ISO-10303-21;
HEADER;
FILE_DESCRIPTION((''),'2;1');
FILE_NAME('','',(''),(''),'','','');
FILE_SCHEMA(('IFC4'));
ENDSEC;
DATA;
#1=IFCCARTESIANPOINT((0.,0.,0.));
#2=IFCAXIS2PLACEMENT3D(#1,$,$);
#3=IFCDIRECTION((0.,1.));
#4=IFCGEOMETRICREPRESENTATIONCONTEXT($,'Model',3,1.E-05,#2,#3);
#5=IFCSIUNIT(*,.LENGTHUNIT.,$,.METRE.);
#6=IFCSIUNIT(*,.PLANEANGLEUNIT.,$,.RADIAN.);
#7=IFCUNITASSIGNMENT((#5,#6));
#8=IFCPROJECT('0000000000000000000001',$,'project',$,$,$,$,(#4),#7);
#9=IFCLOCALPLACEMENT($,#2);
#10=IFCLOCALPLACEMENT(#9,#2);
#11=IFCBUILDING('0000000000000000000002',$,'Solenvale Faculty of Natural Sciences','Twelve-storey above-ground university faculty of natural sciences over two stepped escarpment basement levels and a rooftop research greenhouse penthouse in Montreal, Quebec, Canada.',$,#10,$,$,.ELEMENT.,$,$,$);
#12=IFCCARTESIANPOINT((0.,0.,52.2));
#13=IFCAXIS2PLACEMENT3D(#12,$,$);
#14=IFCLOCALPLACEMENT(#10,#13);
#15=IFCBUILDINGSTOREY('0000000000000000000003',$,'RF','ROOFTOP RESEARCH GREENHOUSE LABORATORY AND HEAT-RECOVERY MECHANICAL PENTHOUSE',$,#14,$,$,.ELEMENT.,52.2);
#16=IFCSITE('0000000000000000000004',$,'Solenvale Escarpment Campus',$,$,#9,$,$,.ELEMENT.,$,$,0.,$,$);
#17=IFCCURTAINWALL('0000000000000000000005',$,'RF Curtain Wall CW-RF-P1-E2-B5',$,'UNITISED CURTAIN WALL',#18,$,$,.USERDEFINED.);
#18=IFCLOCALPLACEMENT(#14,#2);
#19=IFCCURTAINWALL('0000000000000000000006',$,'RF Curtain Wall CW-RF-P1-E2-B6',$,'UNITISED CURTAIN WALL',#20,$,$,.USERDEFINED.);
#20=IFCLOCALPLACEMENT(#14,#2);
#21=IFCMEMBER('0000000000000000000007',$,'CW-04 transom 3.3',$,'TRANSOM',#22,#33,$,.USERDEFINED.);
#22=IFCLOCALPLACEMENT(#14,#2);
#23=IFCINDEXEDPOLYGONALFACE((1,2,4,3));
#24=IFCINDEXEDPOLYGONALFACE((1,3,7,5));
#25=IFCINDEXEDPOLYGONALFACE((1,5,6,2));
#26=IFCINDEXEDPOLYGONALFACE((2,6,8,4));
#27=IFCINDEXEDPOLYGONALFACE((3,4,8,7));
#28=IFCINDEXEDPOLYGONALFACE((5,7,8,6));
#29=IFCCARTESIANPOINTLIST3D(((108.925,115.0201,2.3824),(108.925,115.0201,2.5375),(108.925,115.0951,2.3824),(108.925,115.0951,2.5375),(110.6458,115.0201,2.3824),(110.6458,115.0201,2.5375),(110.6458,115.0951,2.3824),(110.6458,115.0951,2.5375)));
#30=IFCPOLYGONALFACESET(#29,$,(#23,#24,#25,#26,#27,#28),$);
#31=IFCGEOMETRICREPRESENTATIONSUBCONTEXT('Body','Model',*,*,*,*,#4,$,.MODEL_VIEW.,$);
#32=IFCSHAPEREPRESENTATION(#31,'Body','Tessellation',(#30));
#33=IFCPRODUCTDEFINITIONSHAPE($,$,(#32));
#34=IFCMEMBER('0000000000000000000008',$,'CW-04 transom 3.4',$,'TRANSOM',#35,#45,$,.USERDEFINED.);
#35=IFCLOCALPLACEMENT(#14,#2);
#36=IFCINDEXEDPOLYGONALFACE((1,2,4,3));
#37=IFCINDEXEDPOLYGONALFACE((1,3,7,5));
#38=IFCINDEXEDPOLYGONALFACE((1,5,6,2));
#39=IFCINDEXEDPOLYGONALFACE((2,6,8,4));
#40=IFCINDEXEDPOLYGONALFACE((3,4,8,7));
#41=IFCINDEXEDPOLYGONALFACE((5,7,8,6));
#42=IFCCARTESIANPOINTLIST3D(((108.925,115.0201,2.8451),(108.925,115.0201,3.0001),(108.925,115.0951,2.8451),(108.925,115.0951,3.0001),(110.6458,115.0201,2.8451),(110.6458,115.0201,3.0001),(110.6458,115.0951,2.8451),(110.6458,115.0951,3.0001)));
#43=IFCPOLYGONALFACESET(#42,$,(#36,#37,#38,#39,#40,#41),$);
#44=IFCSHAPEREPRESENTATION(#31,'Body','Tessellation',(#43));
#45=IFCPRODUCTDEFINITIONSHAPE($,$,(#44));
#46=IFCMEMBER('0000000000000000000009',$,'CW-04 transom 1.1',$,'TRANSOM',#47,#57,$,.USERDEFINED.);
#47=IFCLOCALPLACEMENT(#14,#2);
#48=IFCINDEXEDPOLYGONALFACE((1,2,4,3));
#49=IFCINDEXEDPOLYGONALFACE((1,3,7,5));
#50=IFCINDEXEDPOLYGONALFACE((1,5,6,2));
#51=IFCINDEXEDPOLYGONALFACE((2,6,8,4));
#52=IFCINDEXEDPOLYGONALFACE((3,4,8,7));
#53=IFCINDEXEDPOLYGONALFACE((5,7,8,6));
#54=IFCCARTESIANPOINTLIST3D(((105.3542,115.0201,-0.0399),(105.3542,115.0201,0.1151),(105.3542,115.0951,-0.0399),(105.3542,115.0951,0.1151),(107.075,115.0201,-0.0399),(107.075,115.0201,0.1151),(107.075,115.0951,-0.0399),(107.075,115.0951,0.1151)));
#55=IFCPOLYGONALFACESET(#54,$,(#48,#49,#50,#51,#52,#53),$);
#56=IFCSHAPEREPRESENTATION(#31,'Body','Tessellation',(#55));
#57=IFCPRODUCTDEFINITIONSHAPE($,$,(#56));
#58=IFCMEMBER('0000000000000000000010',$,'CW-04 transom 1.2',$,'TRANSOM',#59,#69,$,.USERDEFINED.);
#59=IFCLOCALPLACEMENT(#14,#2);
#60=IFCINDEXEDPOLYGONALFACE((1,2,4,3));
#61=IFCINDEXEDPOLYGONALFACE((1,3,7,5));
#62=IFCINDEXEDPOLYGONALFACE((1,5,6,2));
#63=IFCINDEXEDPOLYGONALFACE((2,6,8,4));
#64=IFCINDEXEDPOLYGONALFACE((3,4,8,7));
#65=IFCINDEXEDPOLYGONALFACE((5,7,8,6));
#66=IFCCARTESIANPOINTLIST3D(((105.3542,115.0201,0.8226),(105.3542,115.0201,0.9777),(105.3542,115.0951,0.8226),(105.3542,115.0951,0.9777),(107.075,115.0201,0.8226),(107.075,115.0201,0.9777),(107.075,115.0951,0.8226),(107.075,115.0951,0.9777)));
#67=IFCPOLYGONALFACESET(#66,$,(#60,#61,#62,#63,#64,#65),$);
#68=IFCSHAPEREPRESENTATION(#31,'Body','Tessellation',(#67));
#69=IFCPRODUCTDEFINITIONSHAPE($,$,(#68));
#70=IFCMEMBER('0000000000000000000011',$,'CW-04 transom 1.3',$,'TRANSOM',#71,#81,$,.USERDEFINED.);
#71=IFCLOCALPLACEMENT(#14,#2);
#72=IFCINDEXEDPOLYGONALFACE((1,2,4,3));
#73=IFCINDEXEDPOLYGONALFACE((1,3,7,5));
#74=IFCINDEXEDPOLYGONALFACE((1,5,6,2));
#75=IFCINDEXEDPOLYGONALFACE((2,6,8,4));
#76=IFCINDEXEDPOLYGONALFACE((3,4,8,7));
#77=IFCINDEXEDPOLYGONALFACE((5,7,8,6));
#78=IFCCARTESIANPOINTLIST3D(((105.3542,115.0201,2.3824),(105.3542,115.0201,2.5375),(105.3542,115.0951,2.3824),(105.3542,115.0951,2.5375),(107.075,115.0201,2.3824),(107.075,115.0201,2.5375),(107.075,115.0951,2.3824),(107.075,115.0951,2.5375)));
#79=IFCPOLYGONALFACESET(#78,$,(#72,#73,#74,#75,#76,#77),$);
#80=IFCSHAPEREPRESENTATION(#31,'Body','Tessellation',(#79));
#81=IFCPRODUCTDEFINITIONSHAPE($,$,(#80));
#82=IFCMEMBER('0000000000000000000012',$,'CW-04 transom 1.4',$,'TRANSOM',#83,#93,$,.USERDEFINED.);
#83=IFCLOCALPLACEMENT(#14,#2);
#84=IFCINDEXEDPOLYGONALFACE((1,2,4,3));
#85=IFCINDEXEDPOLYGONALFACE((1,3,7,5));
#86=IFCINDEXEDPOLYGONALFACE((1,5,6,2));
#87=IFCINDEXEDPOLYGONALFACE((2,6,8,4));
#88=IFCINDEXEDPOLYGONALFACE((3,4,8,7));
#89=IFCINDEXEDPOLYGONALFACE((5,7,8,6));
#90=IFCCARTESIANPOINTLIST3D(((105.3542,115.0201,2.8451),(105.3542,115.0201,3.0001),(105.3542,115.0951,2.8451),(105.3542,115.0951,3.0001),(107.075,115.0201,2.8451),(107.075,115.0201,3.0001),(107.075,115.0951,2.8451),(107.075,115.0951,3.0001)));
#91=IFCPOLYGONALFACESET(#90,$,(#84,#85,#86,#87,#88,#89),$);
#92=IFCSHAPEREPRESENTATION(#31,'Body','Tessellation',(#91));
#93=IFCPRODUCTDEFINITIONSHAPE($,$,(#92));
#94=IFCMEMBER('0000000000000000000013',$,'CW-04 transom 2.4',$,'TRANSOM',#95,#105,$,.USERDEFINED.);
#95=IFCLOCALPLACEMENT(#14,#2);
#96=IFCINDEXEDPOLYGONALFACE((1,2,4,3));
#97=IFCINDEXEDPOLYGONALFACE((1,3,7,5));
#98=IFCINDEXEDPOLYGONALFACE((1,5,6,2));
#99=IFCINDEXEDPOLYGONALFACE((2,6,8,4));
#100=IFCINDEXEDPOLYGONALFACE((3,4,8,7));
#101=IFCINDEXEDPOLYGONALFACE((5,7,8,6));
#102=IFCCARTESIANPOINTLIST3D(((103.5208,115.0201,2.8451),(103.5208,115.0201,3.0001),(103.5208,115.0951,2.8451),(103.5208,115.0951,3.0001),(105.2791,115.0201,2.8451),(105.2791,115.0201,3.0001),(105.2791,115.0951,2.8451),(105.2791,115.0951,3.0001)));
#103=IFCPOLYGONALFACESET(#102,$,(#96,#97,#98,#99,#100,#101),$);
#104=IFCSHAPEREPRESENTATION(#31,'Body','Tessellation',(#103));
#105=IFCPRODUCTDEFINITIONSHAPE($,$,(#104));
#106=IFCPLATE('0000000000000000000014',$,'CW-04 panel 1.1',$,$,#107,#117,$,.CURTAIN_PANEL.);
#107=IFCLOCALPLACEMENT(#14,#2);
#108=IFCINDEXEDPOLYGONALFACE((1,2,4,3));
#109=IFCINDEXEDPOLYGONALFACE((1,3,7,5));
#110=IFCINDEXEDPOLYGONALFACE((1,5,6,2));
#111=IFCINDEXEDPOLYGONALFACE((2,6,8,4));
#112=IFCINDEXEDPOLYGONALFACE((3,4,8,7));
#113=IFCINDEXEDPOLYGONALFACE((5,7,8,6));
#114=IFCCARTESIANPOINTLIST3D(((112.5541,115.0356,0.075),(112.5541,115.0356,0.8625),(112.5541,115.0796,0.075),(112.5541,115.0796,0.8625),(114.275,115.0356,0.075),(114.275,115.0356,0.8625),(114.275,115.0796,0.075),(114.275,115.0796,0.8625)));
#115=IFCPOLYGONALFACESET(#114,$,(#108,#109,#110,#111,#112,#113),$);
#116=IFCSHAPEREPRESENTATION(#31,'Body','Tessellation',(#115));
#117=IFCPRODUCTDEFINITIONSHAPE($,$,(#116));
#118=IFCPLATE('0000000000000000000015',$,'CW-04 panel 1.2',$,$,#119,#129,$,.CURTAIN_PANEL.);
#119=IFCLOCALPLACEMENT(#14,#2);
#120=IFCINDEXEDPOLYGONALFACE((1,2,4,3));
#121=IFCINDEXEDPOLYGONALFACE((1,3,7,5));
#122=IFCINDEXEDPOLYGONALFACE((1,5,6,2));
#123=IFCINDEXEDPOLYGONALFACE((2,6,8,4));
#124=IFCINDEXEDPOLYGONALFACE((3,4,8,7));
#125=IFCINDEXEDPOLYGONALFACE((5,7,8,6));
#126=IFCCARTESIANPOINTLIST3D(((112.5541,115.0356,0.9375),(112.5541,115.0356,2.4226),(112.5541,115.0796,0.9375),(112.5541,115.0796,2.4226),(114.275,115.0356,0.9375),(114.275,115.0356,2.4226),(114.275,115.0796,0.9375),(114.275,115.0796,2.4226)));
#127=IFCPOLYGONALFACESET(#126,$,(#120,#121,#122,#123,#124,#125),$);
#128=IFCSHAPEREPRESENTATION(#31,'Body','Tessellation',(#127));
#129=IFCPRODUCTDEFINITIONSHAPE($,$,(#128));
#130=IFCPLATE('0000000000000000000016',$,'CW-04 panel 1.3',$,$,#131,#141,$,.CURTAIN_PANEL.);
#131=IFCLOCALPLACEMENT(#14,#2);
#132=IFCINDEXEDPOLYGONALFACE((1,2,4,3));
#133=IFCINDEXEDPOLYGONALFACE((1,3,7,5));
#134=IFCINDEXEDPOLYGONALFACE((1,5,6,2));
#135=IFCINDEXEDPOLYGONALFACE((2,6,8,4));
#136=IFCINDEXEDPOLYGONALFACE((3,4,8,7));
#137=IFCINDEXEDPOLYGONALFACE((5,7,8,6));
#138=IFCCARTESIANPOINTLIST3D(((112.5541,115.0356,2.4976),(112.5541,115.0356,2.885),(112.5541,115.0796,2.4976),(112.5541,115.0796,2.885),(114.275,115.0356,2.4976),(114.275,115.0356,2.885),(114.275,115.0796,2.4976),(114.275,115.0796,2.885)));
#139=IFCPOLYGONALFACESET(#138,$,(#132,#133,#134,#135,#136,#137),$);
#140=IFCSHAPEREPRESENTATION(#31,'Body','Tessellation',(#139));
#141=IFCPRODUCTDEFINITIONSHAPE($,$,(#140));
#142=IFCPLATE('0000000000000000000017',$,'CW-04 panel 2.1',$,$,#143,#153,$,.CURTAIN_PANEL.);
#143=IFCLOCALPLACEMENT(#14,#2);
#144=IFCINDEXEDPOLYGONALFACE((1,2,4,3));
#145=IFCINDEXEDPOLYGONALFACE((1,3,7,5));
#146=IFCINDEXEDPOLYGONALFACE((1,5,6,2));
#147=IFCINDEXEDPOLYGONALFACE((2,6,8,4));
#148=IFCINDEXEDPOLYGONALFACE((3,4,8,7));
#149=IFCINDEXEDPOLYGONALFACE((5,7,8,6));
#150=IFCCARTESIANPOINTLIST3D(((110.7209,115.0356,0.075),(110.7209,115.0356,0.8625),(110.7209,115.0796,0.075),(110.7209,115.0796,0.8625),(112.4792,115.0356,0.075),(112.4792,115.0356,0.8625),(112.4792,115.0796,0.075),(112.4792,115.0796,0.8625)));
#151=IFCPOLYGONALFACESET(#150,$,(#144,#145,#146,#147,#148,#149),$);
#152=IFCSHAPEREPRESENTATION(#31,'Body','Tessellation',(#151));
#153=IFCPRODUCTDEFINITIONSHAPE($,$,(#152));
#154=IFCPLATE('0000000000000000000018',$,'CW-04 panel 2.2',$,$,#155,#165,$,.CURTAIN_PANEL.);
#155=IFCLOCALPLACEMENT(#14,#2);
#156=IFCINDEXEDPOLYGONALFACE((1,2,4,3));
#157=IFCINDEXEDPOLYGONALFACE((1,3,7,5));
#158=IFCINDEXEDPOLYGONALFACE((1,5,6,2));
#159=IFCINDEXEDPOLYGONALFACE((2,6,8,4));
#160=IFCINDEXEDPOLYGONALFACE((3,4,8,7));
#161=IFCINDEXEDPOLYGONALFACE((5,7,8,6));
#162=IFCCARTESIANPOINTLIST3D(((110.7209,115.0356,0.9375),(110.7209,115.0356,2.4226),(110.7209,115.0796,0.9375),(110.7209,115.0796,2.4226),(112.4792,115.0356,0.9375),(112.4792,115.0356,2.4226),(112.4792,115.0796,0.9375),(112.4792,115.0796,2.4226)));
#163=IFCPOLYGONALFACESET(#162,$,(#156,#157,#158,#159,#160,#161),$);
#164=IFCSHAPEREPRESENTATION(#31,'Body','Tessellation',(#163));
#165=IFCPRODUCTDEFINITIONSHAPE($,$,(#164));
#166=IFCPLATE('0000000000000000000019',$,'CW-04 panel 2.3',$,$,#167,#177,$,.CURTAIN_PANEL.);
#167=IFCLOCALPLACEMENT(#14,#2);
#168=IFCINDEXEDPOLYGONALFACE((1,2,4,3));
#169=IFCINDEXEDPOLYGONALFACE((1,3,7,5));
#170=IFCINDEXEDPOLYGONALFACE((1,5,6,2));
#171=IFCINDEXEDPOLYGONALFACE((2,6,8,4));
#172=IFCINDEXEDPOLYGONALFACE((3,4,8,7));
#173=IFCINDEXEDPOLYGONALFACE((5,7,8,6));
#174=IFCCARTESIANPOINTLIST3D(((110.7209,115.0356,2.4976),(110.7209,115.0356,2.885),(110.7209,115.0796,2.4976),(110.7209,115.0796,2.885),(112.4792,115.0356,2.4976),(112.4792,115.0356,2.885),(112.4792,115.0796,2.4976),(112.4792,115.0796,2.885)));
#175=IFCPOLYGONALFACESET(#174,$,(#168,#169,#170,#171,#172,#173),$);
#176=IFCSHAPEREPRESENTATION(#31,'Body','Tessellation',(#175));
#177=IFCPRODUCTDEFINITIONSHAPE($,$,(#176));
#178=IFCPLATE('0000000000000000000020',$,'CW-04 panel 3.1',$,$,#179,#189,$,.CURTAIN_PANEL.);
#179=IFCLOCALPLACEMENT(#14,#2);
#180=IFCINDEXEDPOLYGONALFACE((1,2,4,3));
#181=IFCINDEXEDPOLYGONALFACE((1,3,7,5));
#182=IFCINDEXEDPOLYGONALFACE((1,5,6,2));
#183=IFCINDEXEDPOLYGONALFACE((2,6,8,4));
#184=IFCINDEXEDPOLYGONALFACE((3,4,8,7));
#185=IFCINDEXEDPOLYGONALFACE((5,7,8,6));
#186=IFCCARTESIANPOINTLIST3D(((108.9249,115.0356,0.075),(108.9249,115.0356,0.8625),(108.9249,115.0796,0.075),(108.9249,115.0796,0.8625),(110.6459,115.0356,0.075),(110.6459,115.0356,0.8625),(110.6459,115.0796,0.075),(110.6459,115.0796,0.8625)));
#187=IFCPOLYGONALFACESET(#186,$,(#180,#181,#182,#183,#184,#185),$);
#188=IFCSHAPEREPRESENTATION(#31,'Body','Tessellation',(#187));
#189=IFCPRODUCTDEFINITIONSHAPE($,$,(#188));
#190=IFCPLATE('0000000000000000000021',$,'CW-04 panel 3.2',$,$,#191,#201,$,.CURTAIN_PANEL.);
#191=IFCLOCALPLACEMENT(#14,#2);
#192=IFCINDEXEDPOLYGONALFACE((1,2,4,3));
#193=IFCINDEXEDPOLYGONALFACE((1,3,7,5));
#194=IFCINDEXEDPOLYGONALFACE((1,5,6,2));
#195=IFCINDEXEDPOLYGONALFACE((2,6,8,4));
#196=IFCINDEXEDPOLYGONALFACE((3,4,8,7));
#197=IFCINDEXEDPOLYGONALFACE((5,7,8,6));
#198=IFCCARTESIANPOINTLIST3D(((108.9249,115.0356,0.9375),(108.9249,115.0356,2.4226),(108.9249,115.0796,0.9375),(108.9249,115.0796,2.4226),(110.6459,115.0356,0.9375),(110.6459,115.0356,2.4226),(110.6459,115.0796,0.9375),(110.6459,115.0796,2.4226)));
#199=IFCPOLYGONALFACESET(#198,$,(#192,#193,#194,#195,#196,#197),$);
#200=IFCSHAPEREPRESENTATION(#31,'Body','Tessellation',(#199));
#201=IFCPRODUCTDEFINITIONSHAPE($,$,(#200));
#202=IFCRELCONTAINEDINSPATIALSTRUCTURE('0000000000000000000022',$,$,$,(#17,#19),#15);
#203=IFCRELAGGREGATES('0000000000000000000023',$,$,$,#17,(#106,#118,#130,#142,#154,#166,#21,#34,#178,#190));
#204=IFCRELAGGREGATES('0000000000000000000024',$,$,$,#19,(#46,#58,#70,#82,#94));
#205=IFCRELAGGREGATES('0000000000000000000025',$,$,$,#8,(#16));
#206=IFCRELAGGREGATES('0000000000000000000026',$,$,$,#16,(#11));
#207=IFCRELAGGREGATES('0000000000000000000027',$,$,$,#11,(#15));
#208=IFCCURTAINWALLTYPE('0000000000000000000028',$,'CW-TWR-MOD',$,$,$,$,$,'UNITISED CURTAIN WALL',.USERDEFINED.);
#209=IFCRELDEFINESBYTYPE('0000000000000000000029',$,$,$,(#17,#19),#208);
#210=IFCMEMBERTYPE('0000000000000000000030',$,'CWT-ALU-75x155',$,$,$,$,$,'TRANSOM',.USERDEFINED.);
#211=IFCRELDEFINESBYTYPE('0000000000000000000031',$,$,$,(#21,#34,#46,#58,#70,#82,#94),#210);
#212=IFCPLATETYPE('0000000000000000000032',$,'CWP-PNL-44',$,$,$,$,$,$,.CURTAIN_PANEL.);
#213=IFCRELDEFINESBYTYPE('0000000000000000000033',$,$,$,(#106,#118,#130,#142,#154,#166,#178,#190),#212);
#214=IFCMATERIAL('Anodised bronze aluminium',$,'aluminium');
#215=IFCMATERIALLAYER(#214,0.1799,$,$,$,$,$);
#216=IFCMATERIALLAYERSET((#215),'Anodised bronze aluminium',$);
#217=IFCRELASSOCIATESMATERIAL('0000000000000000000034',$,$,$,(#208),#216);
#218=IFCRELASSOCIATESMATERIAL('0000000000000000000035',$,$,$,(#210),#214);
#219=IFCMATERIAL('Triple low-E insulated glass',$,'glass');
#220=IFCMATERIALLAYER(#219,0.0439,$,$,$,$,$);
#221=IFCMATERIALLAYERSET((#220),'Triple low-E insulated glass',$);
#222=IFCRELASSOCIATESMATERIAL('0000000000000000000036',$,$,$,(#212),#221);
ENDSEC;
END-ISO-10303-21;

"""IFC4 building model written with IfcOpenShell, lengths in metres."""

from ifc_helpers import new_model, si_unit, direction, frame, origin, origin_2d, place, context, subcontext, project, spatial, rectangle, extrude, material, layer, layer_set, material_profile, profile_set, type_object, element, aggregate, save


model = new_model("IFC4")

# Units and contexts
model_context = context("Model", 3, precision=1e-05, world=origin(), true_north=direction((0.0, 1.0)))
body_context = subcontext(model_context, "Body", "Model", "MODEL_VIEW")
ifc_project = project(units=[si_unit("LENGTHUNIT", "METRE"), si_unit("PLANEANGLEUNIT", "RADIAN")], contexts=[model_context])

# Site, building, storey
site_placement = place(None, origin())
site = spatial("IfcSite", under=ifc_project, at=site_placement, Name="Solenvale Escarpment Campus", CompositionType="ELEMENT", RefElevation=0.0)
building_placement = place(site_placement, origin())
building = spatial("IfcBuilding", under=site, at=building_placement, Name="Solenvale Faculty of Natural Sciences", Description="Twelve-storey above-ground university faculty of natural sciences over two stepped escarpment basement levels and a rooftop research greenhouse penthouse in Montreal, Quebec, Canada.", CompositionType="ELEMENT")
storey_placement = place(building_placement, frame((0.0, 0.0, 52.2)))
storey = spatial("IfcBuildingStorey", under=building, at=storey_placement, Name="RF", Description="ROOFTOP RESEARCH GREENHOUSE LABORATORY AND HEAT-RECOVERY MECHANICAL PENTHOUSE", CompositionType="ELEMENT", Elevation=52.2)

# Curtain walls
ifc_material_1 = material(Name="Anodised bronze aluminium", Category="aluminium")
ifc_layer_1 = layer(ifc_material_1, 0.1799)
ifc_layer_set_1 = layer_set([ifc_layer_1], Name="Anodised bronze aluminium")
curtain_wall_type = type_object("IfcCurtainWallType", Name="CW-TWR-MOD", ElementType="UNITISED CURTAIN WALL", PredefinedType="USERDEFINED", material=ifc_layer_set_1)
curtain_wall_1_placement = place(storey_placement, origin())
curtain_wall_1 = element("IfcCurtainWall", 1, at=curtain_wall_1_placement, inside=storey, type_object=curtain_wall_type, Name="RF Curtain Wall CW-RF-P1-E2-B5", ObjectType="UNITISED CURTAIN WALL", PredefinedType="USERDEFINED")
curtain_wall_2_placement = place(storey_placement, origin())
curtain_wall_2 = element("IfcCurtainWall", 2, at=curtain_wall_2_placement, inside=storey, type_object=curtain_wall_type, Name="RF Curtain Wall CW-RF-P1-E2-B6", ObjectType="UNITISED CURTAIN WALL", PredefinedType="USERDEFINED")

# Members
ifc_material_profile_1 = material_profile(ifc_material_1, rectangle(XDim=0.075, YDim=0.155, at=origin_2d()), Name="ALU-TRN-75x155")
ifc_profile_set_1 = profile_set([ifc_material_profile_1], Name="Anodised bronze aluminium")
member_type_1 = type_object("IfcMemberType", Name="CWT-ALU-75x155", ElementType="TRANSOM", PredefinedType="USERDEFINED", material=ifc_profile_set_1)
member_1_placement = place(storey_placement, frame((110.6458, 115.0576, 2.46), z_axis=(-1.0, 0.0, 0.0), x_axis=(0.0, -1.0, 0.0)))
member_1 = element("IfcMember", 3, at=member_1_placement, type_object=member_type_1, Name="CW-04 transom 3.3", ObjectType="TRANSOM", PredefinedType="USERDEFINED", context=body_context, shape_type="SweptSolid", body=[
    extrude(rectangle(XDim=0.075, YDim=0.155, at=origin_2d()), origin(), (0.0, 0.0, 1.0), 1.7207),
])
member_2_placement = place(storey_placement, frame((110.6458, 115.0576, 2.9226), z_axis=(-1.0, 0.0, 0.0), x_axis=(0.0, -1.0, 0.0)))
member_2 = element("IfcMember", 4, at=member_2_placement, type_object=member_type_1, Name="CW-04 transom 3.4", ObjectType="TRANSOM", PredefinedType="USERDEFINED", context=body_context, shape_type="SweptSolid", body=[
    extrude(rectangle(XDim=0.075, YDim=0.155, at=origin_2d()), origin(), (0.0, 0.0, 1.0), 1.7207),
])
member_3_placement = place(storey_placement, frame((107.075, 115.0576, 0.0376), z_axis=(-1.0, 0.0, 0.0), x_axis=(0.0, -1.0, 0.0)))
member_3 = element("IfcMember", 5, at=member_3_placement, type_object=member_type_1, Name="CW-04 transom 1.1", ObjectType="TRANSOM", PredefinedType="USERDEFINED", context=body_context, shape_type="SweptSolid", body=[
    extrude(rectangle(XDim=0.075, YDim=0.155, at=origin_2d()), origin(), (0.0, 0.0, 1.0), 1.7207),
])
member_4_placement = place(storey_placement, frame((107.075, 115.0576, 0.9001), z_axis=(-1.0, 0.0, 0.0), x_axis=(0.0, -1.0, 0.0)))
member_4 = element("IfcMember", 6, at=member_4_placement, type_object=member_type_1, Name="CW-04 transom 1.2", ObjectType="TRANSOM", PredefinedType="USERDEFINED", context=body_context, shape_type="SweptSolid", body=[
    extrude(rectangle(XDim=0.075, YDim=0.155, at=origin_2d()), origin(), (0.0, 0.0, 1.0), 1.7207),
])
member_5_placement = place(storey_placement, frame((107.075, 115.0576, 2.46), z_axis=(-1.0, 0.0, 0.0), x_axis=(0.0, -1.0, 0.0)))
member_5 = element("IfcMember", 7, at=member_5_placement, type_object=member_type_1, Name="CW-04 transom 1.3", ObjectType="TRANSOM", PredefinedType="USERDEFINED", context=body_context, shape_type="SweptSolid", body=[
    extrude(rectangle(XDim=0.075, YDim=0.155, at=origin_2d()), origin(), (0.0, 0.0, 1.0), 1.7207),
])
member_6_placement = place(storey_placement, frame((107.075, 115.0576, 2.9226), z_axis=(-1.0, 0.0, 0.0), x_axis=(0.0, -1.0, 0.0)))
member_6 = element("IfcMember", 8, at=member_6_placement, type_object=member_type_1, Name="CW-04 transom 1.4", ObjectType="TRANSOM", PredefinedType="USERDEFINED", context=body_context, shape_type="SweptSolid", body=[
    extrude(rectangle(XDim=0.075, YDim=0.155, at=origin_2d()), origin(), (0.0, 0.0, 1.0), 1.7207),
])
member_7_placement = place(storey_placement, frame((105.2791, 115.0576, 2.9226), z_axis=(-1.0, 0.0, 0.0), x_axis=(0.0, -1.0, 0.0)))
member_7 = element("IfcMember", 9, at=member_7_placement, type_object=member_type_1, Name="CW-04 transom 2.4", ObjectType="TRANSOM", PredefinedType="USERDEFINED", context=body_context, shape_type="SweptSolid", body=[
    extrude(rectangle(XDim=0.075, YDim=0.155, at=origin_2d()), origin(), (0.0, 0.0, 1.0), 1.7583),
])

# Plates
ifc_material_2 = material(Name="Triple low-E insulated glass", Category="glass")
ifc_layer_2 = layer(ifc_material_2, 0.0439)
ifc_layer_set_2 = layer_set([ifc_layer_2], Name="Triple low-E insulated glass")
plate_type_1 = type_object("IfcPlateType", Name="CWP-PNL-44", PredefinedType="CURTAIN_PANEL", material=ifc_layer_set_2)
plate_1_placement = place(storey_placement, frame((113.4146, 115.0576, 0.075), z_axis=(0.0, 0.0, 1.0), x_axis=(-1.0, 0.0, 0.0)))
plate_1 = element("IfcPlate", 10, at=plate_1_placement, type_object=plate_type_1, Name="CW-04 panel 1.1", PredefinedType="CURTAIN_PANEL", context=body_context, shape_type="SweptSolid", body=[
    extrude(rectangle(XDim=1.7209, YDim=0.0439, at=origin_2d()), origin(), (0.0, 0.0, 1.0), 0.7876),
])
plate_2_placement = place(storey_placement, frame((113.4146, 115.0576, 0.9375), z_axis=(0.0, 0.0, 1.0), x_axis=(-1.0, 0.0, 0.0)))
plate_2 = element("IfcPlate", 11, at=plate_2_placement, type_object=plate_type_1, Name="CW-04 panel 1.2", PredefinedType="CURTAIN_PANEL", context=body_context, shape_type="SweptSolid", body=[
    extrude(rectangle(XDim=1.7209, YDim=0.0439, at=origin_2d()), origin(), (0.0, 0.0, 1.0), 1.4851),
])
plate_3_placement = place(storey_placement, frame((113.4146, 115.0576, 2.4976), z_axis=(0.0, 0.0, 1.0), x_axis=(-1.0, 0.0, 0.0)))
plate_3 = element("IfcPlate", 12, at=plate_3_placement, type_object=plate_type_1, Name="CW-04 panel 1.3", PredefinedType="CURTAIN_PANEL", context=body_context, shape_type="SweptSolid", body=[
    extrude(rectangle(XDim=1.7209, YDim=0.0439, at=origin_2d()), origin(), (0.0, 0.0, 1.0), 0.3875),
])
plate_4_placement = place(storey_placement, frame((111.6001, 115.0576, 0.075), z_axis=(0.0, 0.0, 1.0), x_axis=(-1.0, 0.0, 0.0)))
plate_4 = element("IfcPlate", 13, at=plate_4_placement, type_object=plate_type_1, Name="CW-04 panel 2.1", PredefinedType="CURTAIN_PANEL", context=body_context, shape_type="SweptSolid", body=[
    extrude(rectangle(XDim=1.7583, YDim=0.0439, at=origin_2d()), origin(), (0.0, 0.0, 1.0), 0.7876),
])
plate_5_placement = place(storey_placement, frame((111.6001, 115.0576, 0.9375), z_axis=(0.0, 0.0, 1.0), x_axis=(-1.0, 0.0, 0.0)))
plate_5 = element("IfcPlate", 14, at=plate_5_placement, type_object=plate_type_1, Name="CW-04 panel 2.2", PredefinedType="CURTAIN_PANEL", context=body_context, shape_type="SweptSolid", body=[
    extrude(rectangle(XDim=1.7583, YDim=0.0439, at=origin_2d()), origin(), (0.0, 0.0, 1.0), 1.4851),
])
plate_6_placement = place(storey_placement, frame((111.6001, 115.0576, 2.4976), z_axis=(0.0, 0.0, 1.0), x_axis=(-1.0, 0.0, 0.0)))
plate_6 = element("IfcPlate", 15, at=plate_6_placement, type_object=plate_type_1, Name="CW-04 panel 2.3", PredefinedType="CURTAIN_PANEL", context=body_context, shape_type="SweptSolid", body=[
    extrude(rectangle(XDim=1.7583, YDim=0.0439, at=origin_2d()), origin(), (0.0, 0.0, 1.0), 0.3875),
])
plate_7_placement = place(storey_placement, frame((109.7854, 115.0576, 0.075), z_axis=(0.0, 0.0, 1.0), x_axis=(-1.0, 0.0, 0.0)))
plate_7 = element("IfcPlate", 16, at=plate_7_placement, type_object=plate_type_1, Name="CW-04 panel 3.1", PredefinedType="CURTAIN_PANEL", context=body_context, shape_type="SweptSolid", body=[
    extrude(rectangle(XDim=1.7209, YDim=0.0439, at=origin_2d()), origin(), (0.0, 0.0, 1.0), 0.7876),
])
plate_8_placement = place(storey_placement, frame((109.7854, 115.0576, 0.9375), z_axis=(0.0, 0.0, 1.0), x_axis=(-1.0, 0.0, 0.0)))
plate_8 = element("IfcPlate", 17, at=plate_8_placement, type_object=plate_type_1, Name="CW-04 panel 3.2", PredefinedType="CURTAIN_PANEL", context=body_context, shape_type="SweptSolid", body=[
    extrude(rectangle(XDim=1.7209, YDim=0.0439, at=origin_2d()), origin(), (0.0, 0.0, 1.0), 1.4851),
])
aggregate(curtain_wall_1, [plate_1, plate_2, plate_3, plate_4, plate_5, plate_6, member_1, member_2, plate_7, plate_8])
aggregate(curtain_wall_2, [member_3, member_4, member_5, member_6, member_7])

save(model, "model.ifc")
